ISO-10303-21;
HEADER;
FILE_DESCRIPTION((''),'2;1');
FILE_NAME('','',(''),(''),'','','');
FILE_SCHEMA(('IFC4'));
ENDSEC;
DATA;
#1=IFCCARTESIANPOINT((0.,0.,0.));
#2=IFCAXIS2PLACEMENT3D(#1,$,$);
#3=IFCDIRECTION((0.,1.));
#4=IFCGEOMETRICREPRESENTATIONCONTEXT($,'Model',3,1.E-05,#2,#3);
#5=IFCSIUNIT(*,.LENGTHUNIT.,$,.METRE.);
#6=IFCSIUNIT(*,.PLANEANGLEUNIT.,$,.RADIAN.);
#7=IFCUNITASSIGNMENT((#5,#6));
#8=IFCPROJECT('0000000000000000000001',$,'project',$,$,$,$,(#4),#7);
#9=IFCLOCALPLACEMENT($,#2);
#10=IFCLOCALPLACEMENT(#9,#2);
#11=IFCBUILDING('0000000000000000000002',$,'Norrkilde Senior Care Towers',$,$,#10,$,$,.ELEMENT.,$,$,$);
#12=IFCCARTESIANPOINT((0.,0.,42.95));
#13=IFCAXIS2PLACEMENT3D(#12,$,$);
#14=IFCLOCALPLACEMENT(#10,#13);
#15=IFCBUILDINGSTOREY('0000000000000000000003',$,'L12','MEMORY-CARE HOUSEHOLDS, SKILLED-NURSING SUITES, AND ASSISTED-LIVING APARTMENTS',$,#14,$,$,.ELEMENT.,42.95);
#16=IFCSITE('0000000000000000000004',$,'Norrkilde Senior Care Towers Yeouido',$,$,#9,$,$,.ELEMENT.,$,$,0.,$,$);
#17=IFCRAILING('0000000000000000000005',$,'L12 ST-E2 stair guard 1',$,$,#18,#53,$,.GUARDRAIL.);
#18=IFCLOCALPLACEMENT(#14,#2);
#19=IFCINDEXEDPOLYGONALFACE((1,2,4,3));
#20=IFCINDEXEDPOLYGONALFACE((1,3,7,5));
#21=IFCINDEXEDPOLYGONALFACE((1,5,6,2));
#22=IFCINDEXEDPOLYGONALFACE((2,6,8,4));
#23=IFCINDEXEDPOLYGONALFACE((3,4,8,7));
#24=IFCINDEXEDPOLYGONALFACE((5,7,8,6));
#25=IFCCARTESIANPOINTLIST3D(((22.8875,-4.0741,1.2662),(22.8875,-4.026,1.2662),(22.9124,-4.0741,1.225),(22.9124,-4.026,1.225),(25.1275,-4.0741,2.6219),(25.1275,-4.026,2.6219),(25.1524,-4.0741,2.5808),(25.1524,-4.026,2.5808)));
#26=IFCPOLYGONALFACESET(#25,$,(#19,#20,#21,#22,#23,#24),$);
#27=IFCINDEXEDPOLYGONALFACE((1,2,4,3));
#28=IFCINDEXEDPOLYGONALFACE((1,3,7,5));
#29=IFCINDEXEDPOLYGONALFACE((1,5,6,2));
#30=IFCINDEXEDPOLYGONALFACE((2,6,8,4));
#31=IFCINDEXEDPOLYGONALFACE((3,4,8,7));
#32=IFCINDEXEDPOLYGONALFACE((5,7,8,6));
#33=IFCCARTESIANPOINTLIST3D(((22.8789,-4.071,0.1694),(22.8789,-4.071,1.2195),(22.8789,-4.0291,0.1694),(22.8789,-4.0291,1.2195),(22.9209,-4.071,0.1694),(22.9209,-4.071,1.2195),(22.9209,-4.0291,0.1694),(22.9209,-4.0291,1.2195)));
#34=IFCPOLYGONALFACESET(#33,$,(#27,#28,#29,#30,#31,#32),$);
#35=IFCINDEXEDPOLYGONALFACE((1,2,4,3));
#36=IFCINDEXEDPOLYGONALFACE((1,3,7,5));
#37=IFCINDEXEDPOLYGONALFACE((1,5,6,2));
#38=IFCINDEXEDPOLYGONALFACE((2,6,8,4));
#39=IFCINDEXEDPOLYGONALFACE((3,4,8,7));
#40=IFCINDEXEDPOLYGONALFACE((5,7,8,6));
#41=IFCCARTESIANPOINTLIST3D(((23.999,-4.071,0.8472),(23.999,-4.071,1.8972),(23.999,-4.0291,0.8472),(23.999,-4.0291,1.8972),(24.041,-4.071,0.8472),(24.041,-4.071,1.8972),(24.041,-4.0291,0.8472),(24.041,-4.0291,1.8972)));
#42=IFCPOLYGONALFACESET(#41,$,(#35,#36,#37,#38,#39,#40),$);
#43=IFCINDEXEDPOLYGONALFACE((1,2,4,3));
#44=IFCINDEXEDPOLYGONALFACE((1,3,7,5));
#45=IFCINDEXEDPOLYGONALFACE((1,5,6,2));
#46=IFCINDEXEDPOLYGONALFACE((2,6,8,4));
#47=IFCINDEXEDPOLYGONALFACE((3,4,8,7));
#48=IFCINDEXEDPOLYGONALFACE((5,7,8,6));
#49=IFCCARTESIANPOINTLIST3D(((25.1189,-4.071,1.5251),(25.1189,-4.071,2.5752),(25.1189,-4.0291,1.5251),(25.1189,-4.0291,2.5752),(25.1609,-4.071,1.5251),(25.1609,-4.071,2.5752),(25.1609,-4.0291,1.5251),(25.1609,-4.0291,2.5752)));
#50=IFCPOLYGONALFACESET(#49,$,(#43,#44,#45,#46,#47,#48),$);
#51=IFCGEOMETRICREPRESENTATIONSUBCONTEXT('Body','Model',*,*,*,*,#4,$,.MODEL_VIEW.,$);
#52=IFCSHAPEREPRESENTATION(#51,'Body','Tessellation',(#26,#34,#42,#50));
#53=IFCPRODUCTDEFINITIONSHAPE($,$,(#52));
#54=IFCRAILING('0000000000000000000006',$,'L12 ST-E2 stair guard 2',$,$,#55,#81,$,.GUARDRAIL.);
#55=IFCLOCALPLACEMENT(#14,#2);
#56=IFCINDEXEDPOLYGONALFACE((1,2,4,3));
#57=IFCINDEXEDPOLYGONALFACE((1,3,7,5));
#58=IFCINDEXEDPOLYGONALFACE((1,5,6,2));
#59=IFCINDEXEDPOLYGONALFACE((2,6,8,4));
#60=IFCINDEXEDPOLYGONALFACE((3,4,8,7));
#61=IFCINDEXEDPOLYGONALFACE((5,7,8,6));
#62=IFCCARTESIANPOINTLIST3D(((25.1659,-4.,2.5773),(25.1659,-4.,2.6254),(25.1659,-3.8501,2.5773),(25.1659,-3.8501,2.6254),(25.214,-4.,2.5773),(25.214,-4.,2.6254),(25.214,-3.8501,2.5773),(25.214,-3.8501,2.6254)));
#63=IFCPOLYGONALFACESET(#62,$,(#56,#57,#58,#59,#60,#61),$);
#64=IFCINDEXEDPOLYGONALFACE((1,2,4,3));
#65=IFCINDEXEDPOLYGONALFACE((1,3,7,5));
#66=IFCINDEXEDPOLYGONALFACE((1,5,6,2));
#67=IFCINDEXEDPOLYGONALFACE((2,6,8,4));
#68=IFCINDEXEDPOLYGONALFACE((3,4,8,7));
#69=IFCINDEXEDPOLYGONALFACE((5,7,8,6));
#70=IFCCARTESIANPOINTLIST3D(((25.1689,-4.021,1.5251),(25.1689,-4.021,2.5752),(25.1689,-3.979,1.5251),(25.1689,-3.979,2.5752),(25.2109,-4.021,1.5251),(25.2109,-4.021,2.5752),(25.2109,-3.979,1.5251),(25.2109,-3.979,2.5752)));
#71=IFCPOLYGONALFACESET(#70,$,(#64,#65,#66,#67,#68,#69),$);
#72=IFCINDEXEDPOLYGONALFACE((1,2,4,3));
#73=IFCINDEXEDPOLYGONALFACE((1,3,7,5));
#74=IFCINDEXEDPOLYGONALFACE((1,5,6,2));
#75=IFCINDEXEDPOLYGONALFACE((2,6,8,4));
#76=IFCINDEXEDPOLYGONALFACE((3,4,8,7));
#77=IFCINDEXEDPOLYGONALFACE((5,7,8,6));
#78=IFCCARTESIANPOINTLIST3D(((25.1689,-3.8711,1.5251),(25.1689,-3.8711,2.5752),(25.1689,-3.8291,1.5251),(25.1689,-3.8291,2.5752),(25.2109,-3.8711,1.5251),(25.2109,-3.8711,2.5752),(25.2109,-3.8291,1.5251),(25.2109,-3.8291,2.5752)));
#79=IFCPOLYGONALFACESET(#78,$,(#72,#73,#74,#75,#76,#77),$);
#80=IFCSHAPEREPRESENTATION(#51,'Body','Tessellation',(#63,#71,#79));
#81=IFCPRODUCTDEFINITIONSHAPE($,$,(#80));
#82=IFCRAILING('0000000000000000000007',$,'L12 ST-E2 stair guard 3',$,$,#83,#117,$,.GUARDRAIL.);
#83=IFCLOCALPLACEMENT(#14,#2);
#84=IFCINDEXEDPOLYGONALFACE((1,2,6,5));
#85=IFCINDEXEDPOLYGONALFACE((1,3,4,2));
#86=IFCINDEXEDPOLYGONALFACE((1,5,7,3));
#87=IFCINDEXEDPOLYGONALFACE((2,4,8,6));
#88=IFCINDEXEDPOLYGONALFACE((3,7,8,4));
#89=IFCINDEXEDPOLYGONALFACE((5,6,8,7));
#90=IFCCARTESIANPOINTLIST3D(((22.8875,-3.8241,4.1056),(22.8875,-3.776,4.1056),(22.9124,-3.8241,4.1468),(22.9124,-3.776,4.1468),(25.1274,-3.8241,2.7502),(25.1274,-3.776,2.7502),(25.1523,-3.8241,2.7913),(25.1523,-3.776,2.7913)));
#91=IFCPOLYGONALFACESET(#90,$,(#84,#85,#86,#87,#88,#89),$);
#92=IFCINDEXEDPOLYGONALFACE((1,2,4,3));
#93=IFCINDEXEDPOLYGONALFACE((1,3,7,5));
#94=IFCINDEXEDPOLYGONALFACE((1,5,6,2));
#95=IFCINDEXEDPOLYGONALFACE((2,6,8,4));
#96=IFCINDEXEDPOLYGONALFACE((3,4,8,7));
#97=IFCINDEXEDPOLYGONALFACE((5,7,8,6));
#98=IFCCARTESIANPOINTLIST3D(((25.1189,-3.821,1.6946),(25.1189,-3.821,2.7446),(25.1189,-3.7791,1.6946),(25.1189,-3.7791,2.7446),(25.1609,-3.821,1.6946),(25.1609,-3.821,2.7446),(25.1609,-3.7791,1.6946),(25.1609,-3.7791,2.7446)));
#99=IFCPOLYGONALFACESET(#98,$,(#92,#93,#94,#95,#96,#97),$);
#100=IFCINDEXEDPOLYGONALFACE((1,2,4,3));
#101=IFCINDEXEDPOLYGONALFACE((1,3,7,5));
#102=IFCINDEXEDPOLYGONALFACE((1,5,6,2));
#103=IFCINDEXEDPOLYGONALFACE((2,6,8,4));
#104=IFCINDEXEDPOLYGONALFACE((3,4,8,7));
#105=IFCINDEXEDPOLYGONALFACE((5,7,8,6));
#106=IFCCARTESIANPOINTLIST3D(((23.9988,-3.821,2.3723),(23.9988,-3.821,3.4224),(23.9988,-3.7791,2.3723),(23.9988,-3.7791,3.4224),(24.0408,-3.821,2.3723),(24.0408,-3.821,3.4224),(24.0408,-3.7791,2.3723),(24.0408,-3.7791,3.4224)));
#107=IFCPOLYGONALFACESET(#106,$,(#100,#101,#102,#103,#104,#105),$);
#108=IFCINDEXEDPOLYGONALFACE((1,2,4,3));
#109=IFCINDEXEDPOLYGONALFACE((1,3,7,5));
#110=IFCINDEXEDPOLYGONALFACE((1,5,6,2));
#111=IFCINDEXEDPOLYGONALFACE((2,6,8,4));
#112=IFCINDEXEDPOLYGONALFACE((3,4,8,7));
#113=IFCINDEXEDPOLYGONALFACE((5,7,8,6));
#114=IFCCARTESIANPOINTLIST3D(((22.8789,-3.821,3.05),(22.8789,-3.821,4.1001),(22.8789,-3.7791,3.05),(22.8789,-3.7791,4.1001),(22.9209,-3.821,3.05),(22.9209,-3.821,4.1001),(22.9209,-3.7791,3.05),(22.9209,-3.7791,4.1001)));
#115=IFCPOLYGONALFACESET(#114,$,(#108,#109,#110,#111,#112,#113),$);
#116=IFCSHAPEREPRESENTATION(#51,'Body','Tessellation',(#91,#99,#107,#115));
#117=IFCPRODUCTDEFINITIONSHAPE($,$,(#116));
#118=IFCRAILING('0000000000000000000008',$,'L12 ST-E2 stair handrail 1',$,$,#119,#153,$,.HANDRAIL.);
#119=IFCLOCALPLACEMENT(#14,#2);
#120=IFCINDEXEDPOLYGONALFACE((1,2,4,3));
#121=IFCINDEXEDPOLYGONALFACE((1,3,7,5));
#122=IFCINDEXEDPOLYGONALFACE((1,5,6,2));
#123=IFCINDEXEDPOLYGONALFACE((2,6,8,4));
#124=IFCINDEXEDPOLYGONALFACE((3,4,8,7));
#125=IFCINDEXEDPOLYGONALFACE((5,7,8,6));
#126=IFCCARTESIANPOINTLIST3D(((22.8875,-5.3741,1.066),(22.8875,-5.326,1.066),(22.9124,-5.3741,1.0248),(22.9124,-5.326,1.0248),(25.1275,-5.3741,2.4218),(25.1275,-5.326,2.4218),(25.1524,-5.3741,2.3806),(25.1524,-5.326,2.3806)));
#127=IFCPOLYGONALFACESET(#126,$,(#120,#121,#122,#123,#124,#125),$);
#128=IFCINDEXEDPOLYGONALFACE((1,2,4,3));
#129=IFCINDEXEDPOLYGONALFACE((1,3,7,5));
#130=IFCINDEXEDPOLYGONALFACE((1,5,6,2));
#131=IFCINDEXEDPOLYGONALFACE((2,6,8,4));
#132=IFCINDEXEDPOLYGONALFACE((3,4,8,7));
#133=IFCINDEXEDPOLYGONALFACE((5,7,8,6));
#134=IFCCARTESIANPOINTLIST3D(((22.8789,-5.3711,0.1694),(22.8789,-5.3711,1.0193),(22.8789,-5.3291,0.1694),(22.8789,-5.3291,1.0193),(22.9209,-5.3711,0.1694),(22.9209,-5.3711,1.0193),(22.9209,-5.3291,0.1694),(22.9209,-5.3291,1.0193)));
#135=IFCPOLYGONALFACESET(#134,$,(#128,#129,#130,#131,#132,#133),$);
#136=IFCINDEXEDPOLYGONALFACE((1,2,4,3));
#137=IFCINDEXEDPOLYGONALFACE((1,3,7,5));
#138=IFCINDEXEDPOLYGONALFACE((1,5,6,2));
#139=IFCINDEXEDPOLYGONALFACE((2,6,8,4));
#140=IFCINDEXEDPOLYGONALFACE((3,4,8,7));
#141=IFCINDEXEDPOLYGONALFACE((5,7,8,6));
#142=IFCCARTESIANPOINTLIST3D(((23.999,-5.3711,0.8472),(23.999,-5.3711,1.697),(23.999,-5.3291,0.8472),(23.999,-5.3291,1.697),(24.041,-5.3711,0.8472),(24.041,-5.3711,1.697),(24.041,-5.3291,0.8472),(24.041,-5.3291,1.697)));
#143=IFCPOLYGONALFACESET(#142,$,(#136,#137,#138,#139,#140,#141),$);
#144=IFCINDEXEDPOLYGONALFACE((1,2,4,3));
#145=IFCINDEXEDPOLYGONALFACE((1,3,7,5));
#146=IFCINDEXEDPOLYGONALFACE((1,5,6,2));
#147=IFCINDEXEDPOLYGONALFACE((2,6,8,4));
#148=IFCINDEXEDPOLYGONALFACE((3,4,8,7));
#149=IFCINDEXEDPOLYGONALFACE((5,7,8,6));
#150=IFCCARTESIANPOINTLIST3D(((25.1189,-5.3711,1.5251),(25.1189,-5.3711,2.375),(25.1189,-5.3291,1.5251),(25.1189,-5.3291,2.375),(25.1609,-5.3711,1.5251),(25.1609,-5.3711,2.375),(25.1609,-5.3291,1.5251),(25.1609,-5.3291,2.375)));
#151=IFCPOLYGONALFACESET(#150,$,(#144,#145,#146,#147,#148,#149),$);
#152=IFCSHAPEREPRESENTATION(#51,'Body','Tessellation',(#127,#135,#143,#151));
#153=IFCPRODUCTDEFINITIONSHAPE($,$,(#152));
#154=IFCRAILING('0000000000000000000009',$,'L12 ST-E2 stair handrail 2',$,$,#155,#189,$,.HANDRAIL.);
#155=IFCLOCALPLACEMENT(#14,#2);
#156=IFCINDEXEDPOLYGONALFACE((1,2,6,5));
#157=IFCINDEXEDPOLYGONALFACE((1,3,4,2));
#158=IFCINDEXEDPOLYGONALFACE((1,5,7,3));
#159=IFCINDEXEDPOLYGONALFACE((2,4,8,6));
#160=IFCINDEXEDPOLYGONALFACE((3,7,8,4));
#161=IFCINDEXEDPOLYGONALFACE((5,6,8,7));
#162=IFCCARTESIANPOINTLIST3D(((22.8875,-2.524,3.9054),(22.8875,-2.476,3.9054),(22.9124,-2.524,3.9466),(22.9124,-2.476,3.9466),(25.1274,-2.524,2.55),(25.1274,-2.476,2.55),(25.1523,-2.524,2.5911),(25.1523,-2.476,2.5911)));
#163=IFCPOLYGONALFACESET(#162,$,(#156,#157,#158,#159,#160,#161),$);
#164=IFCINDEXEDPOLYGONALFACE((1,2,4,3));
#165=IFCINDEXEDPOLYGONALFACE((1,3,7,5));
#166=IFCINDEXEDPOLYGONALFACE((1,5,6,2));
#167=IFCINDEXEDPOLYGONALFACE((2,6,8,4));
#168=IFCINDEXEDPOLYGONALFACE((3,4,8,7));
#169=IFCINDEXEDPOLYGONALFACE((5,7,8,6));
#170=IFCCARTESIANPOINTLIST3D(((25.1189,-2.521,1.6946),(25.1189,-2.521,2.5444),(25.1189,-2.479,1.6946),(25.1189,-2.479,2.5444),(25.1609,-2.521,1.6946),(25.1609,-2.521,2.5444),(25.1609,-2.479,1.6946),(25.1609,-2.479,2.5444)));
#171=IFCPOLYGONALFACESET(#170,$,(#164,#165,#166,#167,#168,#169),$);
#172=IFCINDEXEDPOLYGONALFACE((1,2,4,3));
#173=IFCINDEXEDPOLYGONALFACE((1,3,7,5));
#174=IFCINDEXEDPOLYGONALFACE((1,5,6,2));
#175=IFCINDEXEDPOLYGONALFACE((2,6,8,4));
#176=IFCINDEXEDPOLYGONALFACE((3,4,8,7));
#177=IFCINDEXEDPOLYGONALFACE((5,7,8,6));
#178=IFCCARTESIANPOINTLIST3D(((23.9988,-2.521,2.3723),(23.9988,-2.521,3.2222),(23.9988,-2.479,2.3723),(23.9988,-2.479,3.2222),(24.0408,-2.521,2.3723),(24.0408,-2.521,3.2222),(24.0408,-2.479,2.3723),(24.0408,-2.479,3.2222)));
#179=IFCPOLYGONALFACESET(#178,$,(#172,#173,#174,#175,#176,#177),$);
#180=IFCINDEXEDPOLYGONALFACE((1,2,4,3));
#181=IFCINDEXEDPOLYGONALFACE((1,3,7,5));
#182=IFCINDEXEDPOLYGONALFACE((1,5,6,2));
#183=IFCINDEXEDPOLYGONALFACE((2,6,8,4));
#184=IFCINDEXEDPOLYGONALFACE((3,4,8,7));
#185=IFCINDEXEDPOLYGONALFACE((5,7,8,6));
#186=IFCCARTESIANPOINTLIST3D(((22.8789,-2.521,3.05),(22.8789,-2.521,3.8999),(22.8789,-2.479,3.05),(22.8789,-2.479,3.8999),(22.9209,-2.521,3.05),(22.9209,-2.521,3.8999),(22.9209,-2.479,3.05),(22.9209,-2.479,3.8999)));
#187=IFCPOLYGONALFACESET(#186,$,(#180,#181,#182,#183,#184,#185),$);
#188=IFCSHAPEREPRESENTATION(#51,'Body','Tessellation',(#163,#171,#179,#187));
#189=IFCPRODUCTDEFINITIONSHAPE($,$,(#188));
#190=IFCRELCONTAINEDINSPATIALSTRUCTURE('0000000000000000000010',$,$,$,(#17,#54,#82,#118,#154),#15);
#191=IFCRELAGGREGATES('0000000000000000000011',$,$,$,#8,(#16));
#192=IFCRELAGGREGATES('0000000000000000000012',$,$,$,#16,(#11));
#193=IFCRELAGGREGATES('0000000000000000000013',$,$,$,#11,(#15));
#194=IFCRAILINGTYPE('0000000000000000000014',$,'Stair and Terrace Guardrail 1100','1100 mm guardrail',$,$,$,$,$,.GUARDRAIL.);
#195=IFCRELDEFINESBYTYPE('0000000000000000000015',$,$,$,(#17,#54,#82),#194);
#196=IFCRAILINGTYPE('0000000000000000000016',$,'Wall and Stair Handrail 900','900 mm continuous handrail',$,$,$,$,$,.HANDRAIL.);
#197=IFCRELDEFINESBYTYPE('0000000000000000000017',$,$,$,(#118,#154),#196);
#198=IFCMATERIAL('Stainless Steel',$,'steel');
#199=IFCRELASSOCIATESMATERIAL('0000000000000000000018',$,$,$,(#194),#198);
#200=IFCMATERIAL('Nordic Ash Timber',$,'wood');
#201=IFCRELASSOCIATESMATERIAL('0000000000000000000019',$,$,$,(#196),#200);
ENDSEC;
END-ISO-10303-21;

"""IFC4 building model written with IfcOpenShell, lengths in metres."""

from ifc_helpers import new_model, si_unit, direction, frame, origin, origin_2d, place, context, subcontext, project, spatial, rectangle, extrude, material, type_object, element, save


model = new_model("IFC4")

# Units and contexts
model_context = context("Model", 3, precision=1e-05, world=origin(), true_north=direction((0.0, 1.0)))
body_context = subcontext(model_context, "Body", "Model", "MODEL_VIEW")
ifc_project = project(units=[si_unit("LENGTHUNIT", "METRE"), si_unit("PLANEANGLEUNIT", "RADIAN")], contexts=[model_context])

# Site, building, storey
site_placement = place(None, origin())
site = spatial("IfcSite", under=ifc_project, at=site_placement, Name="Norrkilde Senior Care Towers Yeouido", CompositionType="ELEMENT", RefElevation=0.0)
building_placement = place(site_placement, origin())
building = spatial("IfcBuilding", under=site, at=building_placement, Name="Norrkilde Senior Care Towers", CompositionType="ELEMENT")
storey_placement = place(building_placement, frame((0.0, 0.0, 42.95)))
storey = spatial("IfcBuildingStorey", under=building, at=storey_placement, Name="L12", Description="MEMORY-CARE HOUSEHOLDS, SKILLED-NURSING SUITES, AND ASSISTED-LIVING APARTMENTS", CompositionType="ELEMENT", Elevation=42.95)

# Shared definitions
ifc_material_1 = material(Name="Nordic Ash Timber", Category="wood")

# Railings
ifc_material_2 = material(Name="Stainless Steel", Category="steel")
railing_type_1 = type_object("IfcRailingType", Name="Stair and Terrace Guardrail 1100", Description="1100 mm guardrail", PredefinedType="GUARDRAIL", material=ifc_material_2)
railing_1_placement = place(storey_placement, frame((22.8999, -4.05, 0.1694)))
element("IfcRailing", 1, at=railing_1_placement, inside=storey, type_object=railing_type_1, Name="L12 ST-E2 stair guard 1", PredefinedType="GUARDRAIL", context=body_context, shape_type="SweptSolid", body=[
    extrude(rectangle(XDim=0.0481, YDim=0.0481, at=origin_2d()), frame((0.0, 0.0, 1.0762), z_axis=(0.855512, 0.0, 0.517783), x_axis=(0.0, 1.0, 0.0)), (0.0, 0.0, 1.0), 2.6184),
    extrude(rectangle(XDim=0.042, YDim=0.042, at=origin_2d()), origin(), (0.0, 0.0, 1.0), 1.05),
    extrude(rectangle(XDim=0.042, YDim=0.042, at=origin_2d()), frame((1.1201, 0.0, 0.6777)), (0.0, 0.0, 1.0), 1.05),
    extrude(rectangle(XDim=0.042, YDim=0.042, at=origin_2d()), frame((2.24, 0.0, 1.3557)), (0.0, 0.0, 1.0), 1.05),
])
railing_2_placement = place(storey_placement, frame((25.1899, -4.0, 1.5251)))
element("IfcRailing", 2, at=railing_2_placement, inside=storey, type_object=railing_type_1, Name="L12 ST-E2 stair guard 2", PredefinedType="GUARDRAIL", context=body_context, shape_type="SweptSolid", body=[
    extrude(rectangle(XDim=0.0481, YDim=0.0481, at=origin_2d()), frame((0.0, 0.0, 1.0762), z_axis=(0.0, 1.0, 0.0), x_axis=(-1.0, 0.0, 0.0)), (0.0, 0.0, 1.0), 0.1499),
    extrude(rectangle(XDim=0.042, YDim=0.042, at=origin_2d()), origin(), (0.0, 0.0, 1.0), 1.05),
    extrude(rectangle(XDim=0.042, YDim=0.042, at=origin_2d()), frame((0.0, 0.1499, 0.0)), (0.0, 0.0, 1.0), 1.05),
])
railing_3_placement = place(storey_placement, frame((25.1399, -3.8, 1.6946)))
element("IfcRailing", 3, at=railing_3_placement, inside=storey, type_object=railing_type_1, Name="L12 ST-E2 stair guard 3", PredefinedType="GUARDRAIL", context=body_context, shape_type="SweptSolid", body=[
    extrude(rectangle(XDim=0.0481, YDim=0.0481, at=origin_2d()), frame((0.0, 0.0, 1.0762), z_axis=(-0.855553, 0.0, 0.517715), x_axis=(0.0, -1.0, 0.0)), (0.0, 0.0, 1.0), 2.6182),
    extrude(rectangle(XDim=0.042, YDim=0.042, at=origin_2d()), origin(), (0.0, 0.0, 1.0), 1.05),
    extrude(rectangle(XDim=0.042, YDim=0.042, at=origin_2d()), frame((-1.1201, 0.0, 0.6777)), (0.0, 0.0, 1.0), 1.05),
    extrude(rectangle(XDim=0.042, YDim=0.042, at=origin_2d()), frame((-2.24, 0.0, 1.3555)), (0.0, 0.0, 1.0), 1.05),
])
railing_type_2 = type_object("IfcRailingType", Name="Wall and Stair Handrail 900", Description="900 mm continuous handrail", PredefinedType="HANDRAIL", material=ifc_material_1)
railing_4_placement = place(storey_placement, frame((22.8999, -5.3501, 0.1694)))
element("IfcRailing", 4, at=railing_4_placement, inside=storey, type_object=railing_type_2, Name="L12 ST-E2 stair handrail 1", PredefinedType="HANDRAIL", context=body_context, shape_type="SweptSolid", body=[
    extrude(rectangle(XDim=0.0481, YDim=0.0481, at=origin_2d()), frame((0.0, 0.0, 0.876), z_axis=(0.855512, 0.0, 0.517783), x_axis=(0.0, 1.0, 0.0)), (0.0, 0.0, 1.0), 2.6184),
    extrude(rectangle(XDim=0.042, YDim=0.042, at=origin_2d()), origin(), (0.0, 0.0, 1.0), 0.8499),
    extrude(rectangle(XDim=0.042, YDim=0.042, at=origin_2d()), frame((1.1201, 0.0, 0.6777)), (0.0, 0.0, 1.0), 0.8499),
    extrude(rectangle(XDim=0.042, YDim=0.042, at=origin_2d()), frame((2.24, 0.0, 1.3557)), (0.0, 0.0, 1.0), 0.8499),
])
railing_5_placement = place(storey_placement, frame((25.1399, -2.5, 1.6946)))
element("IfcRailing", 5, at=railing_5_placement, inside=storey, type_object=railing_type_2, Name="L12 ST-E2 stair handrail 2", PredefinedType="HANDRAIL", context=body_context, shape_type="SweptSolid", body=[
    extrude(rectangle(XDim=0.0481, YDim=0.0481, at=origin_2d()), frame((0.0, 0.0, 0.876), z_axis=(-0.855553, 0.0, 0.517715), x_axis=(0.0, -1.0, 0.0)), (0.0, 0.0, 1.0), 2.6182),
    extrude(rectangle(XDim=0.042, YDim=0.042, at=origin_2d()), origin(), (0.0, 0.0, 1.0), 0.8499),
    extrude(rectangle(XDim=0.042, YDim=0.042, at=origin_2d()), frame((-1.1201, 0.0, 0.6777)), (0.0, 0.0, 1.0), 0.8499),
    extrude(rectangle(XDim=0.042, YDim=0.042, at=origin_2d()), frame((-2.24, 0.0, 1.3555)), (0.0, 0.0, 1.0), 0.8499),
])

save(model, "model.ifc")
